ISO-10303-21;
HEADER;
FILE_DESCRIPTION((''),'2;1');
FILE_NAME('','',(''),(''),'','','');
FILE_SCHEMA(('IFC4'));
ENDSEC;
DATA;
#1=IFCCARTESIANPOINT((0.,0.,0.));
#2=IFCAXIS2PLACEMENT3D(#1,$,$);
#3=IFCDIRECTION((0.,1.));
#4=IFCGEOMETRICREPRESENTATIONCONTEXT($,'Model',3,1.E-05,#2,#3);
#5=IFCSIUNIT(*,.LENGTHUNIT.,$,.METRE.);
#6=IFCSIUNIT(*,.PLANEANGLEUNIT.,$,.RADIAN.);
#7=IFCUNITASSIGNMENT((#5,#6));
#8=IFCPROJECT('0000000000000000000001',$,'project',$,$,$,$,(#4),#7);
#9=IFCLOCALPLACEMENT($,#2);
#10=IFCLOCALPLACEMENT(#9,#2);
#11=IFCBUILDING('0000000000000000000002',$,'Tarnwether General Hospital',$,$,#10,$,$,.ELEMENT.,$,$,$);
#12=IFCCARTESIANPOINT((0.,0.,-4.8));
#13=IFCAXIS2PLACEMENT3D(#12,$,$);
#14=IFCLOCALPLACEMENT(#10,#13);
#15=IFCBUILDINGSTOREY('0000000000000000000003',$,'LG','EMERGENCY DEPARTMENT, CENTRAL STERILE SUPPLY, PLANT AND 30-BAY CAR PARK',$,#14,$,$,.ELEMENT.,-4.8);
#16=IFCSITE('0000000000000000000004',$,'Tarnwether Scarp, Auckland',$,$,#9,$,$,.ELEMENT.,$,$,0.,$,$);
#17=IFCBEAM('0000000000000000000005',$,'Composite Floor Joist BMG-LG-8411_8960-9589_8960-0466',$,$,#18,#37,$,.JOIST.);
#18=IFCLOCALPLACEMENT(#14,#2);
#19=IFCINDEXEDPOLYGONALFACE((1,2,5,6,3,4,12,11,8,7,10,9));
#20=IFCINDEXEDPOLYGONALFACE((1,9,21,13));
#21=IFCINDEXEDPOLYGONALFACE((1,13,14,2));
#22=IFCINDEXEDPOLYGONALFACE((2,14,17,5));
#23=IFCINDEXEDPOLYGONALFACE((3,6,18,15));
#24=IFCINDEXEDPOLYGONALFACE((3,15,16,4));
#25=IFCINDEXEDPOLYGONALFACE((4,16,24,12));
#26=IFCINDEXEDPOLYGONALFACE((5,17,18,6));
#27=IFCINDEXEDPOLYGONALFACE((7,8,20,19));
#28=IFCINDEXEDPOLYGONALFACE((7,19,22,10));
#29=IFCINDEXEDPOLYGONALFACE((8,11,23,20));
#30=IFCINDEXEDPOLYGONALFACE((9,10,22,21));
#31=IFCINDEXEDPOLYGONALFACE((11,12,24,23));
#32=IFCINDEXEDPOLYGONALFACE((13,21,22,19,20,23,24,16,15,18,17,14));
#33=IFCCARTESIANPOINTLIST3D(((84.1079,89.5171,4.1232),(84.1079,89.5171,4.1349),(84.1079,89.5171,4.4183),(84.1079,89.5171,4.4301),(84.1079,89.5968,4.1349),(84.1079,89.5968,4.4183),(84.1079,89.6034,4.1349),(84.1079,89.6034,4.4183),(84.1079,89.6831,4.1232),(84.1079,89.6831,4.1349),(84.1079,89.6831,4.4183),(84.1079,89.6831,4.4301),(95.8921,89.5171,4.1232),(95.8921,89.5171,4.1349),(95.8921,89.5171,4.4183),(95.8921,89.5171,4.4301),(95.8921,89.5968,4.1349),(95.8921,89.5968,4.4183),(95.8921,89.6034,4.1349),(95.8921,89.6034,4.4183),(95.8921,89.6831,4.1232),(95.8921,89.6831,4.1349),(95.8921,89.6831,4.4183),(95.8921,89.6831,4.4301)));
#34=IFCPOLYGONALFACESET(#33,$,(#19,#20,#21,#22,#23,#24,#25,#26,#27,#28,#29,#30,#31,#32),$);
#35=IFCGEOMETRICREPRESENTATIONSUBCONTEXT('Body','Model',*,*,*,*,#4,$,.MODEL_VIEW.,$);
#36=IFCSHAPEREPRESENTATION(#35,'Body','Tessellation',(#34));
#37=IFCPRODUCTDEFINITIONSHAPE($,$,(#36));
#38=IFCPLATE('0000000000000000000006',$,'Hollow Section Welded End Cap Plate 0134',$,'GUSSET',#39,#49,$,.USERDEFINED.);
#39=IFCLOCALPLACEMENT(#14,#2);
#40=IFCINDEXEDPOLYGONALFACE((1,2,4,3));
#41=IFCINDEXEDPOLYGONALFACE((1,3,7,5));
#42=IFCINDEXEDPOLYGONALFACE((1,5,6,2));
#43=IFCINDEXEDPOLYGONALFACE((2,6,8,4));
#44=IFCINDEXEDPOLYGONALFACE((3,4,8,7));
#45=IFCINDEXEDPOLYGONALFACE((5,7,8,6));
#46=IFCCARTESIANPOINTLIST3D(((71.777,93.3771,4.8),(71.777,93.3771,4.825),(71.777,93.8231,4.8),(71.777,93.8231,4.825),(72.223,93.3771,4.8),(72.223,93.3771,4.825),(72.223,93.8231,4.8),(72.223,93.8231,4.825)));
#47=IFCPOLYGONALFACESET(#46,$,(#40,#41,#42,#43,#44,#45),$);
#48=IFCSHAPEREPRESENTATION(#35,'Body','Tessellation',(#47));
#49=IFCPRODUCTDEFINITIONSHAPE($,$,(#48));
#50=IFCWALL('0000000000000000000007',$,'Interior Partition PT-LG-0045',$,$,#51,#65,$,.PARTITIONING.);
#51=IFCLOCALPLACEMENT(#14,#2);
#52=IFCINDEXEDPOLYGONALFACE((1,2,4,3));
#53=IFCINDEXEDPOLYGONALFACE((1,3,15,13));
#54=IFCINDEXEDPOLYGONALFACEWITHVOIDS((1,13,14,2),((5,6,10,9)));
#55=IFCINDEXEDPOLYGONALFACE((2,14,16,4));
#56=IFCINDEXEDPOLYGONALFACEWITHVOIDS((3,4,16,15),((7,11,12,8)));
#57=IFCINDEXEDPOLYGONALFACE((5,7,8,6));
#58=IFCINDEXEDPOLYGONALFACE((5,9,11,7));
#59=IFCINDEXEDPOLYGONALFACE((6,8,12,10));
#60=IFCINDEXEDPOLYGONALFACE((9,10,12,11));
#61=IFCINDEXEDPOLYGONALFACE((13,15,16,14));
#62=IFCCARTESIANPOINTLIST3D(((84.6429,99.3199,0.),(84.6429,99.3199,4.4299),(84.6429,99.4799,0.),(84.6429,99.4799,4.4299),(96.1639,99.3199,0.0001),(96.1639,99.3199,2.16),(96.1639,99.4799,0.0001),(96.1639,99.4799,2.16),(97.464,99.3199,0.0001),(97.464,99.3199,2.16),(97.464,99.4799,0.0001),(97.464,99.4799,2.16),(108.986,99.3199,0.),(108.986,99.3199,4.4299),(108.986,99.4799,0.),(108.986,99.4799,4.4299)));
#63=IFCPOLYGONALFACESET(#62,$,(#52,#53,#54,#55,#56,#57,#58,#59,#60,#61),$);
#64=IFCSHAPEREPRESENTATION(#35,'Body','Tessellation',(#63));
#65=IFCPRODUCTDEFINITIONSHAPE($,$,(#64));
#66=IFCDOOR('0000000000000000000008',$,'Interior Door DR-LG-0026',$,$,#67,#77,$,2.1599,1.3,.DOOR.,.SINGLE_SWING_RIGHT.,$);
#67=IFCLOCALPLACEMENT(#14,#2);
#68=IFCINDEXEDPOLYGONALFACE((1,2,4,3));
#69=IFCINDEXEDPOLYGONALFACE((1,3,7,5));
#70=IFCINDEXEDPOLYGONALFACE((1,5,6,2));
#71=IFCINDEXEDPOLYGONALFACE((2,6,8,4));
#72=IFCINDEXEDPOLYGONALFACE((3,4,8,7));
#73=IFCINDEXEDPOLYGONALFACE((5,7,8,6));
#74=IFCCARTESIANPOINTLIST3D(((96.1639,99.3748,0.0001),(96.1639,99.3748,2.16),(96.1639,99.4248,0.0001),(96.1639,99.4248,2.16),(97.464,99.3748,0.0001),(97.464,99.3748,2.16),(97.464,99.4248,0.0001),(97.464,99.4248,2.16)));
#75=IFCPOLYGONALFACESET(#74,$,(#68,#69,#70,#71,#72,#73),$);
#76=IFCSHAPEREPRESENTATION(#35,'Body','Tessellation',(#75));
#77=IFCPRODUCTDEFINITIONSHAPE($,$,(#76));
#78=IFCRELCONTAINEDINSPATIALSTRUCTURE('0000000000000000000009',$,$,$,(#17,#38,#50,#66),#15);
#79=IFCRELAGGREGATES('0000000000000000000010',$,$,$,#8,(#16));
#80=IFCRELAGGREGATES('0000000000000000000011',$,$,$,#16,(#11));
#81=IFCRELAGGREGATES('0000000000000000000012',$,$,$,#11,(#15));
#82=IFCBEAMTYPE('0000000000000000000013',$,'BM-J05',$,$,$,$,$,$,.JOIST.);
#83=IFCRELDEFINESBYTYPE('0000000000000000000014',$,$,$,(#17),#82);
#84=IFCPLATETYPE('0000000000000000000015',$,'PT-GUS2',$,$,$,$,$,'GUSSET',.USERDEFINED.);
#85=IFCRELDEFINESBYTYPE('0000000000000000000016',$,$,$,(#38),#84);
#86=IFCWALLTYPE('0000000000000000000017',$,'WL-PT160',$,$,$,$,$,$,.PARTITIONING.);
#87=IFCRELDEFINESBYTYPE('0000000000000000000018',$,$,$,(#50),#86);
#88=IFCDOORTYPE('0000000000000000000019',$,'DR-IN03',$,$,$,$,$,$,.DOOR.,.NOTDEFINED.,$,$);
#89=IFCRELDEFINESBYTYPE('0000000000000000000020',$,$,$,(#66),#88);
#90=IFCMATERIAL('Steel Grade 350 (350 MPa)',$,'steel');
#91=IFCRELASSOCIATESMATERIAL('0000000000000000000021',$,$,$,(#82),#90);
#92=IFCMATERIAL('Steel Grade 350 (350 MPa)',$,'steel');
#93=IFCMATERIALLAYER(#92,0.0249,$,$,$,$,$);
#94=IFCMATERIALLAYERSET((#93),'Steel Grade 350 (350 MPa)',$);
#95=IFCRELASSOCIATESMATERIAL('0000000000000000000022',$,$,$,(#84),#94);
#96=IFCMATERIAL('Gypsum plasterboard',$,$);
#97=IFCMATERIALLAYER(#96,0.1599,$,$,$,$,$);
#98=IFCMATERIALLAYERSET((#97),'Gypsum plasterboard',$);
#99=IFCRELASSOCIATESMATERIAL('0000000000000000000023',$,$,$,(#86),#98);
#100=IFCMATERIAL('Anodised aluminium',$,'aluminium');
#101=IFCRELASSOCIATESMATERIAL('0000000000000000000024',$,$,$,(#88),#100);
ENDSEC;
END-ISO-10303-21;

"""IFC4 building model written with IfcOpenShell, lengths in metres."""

from ifc_helpers import new_model, si_unit, direction, frame, frame_2d, origin, origin_2d, place, context, subcontext, project, spatial, rectangle, i_section, extrude, material, layer, layer_set, material_profile, profile_set, type_object, element, fill, save


model = new_model("IFC4")

# Units and contexts
model_context = context("Model", 3, precision=1e-05, world=origin(), true_north=direction((0.0, 1.0)))
body_context = subcontext(model_context, "Body", "Model", "MODEL_VIEW")
ifc_project = project(units=[si_unit("LENGTHUNIT", "METRE"), si_unit("PLANEANGLEUNIT", "RADIAN")], contexts=[model_context])

# Site, building, storey
site_placement = place(None, origin())
site = spatial("IfcSite", under=ifc_project, at=site_placement, Name="Tarnwether Scarp, Auckland", CompositionType="ELEMENT", RefElevation=0.0)
building_placement = place(site_placement, origin())
building = spatial("IfcBuilding", under=site, at=building_placement, Name="Tarnwether General Hospital", CompositionType="ELEMENT")
storey_placement = place(building_placement, frame((0.0, 0.0, -4.8)))
storey = spatial("IfcBuildingStorey", under=building, at=storey_placement, Name="LG", Description="EMERGENCY DEPARTMENT, CENTRAL STERILE SUPPLY, PLANT AND 30-BAY CAR PARK", CompositionType="ELEMENT", Elevation=-4.8)

# Beam
ifc_material_1 = material(Name="Steel Grade 350 (350 MPa)", Category="steel")
ifc_material_profile_1 = material_profile(ifc_material_1, i_section(OverallWidth=0.166, OverallDepth=0.3069, WebThickness=0.0066, FlangeThickness=0.0117, at=origin_2d()), Name="310UB46.2")
ifc_profile_set_1 = profile_set([ifc_material_profile_1], Name="Steel Grade 350 (350 MPa)")
beam_type_1 = type_object("IfcBeamType", Name="BM-J05", PredefinedType="JOIST", material=ifc_profile_set_1)
beam_1_placement = place(storey_placement, frame((84.1079, 89.6001, 4.2766), z_axis=(1.0, 0.0, 0.0), x_axis=(0.0, 1.0, 0.0)))
element("IfcBeam", 1, at=beam_1_placement, inside=storey, type_object=beam_type_1, Name="Composite Floor Joist BMG-LG-8411_8960-9589_8960-0466", PredefinedType="JOIST", context=body_context, shape_type="SweptSolid", body=[
    extrude(i_section(OverallWidth=0.166, OverallDepth=0.3069, WebThickness=0.0066, FlangeThickness=0.0117, at=origin_2d()), origin(), (0.0, 0.0, 1.0), 11.7842),
])

# Plate
ifc_material_2 = material(Name="Steel Grade 350 (350 MPa)", Category="steel")
ifc_layer_1 = layer(ifc_material_2, 0.0249)
ifc_layer_set_1 = layer_set([ifc_layer_1], Name="Steel Grade 350 (350 MPa)")
plate_type = type_object("IfcPlateType", Name="PT-GUS2", ElementType="GUSSET", PredefinedType="USERDEFINED", material=ifc_layer_set_1)
plate_placement = place(storey_placement, frame((72.0, 93.6001, 4.8), z_axis=(0.0, 0.0, 1.0), x_axis=(1.0, 0.0, 0.0)))
element("IfcPlate", 2, at=plate_placement, inside=storey, type_object=plate_type, Name="Hollow Section Welded End Cap Plate 0134", ObjectType="GUSSET", PredefinedType="USERDEFINED", context=body_context, shape_type="SweptSolid", body=[
    extrude(rectangle(XDim=0.446, YDim=0.446, at=origin_2d()), origin(), (0.0, 0.0, 1.0), 0.0249),
])

# Wall, opening, door
ifc_material_3 = material(Name="Gypsum plasterboard")
ifc_layer_2 = layer(ifc_material_3, 0.1599)
ifc_layer_set_2 = layer_set([ifc_layer_2], Name="Gypsum plasterboard")
wall_type = type_object("IfcWallType", Name="WL-PT160", PredefinedType="PARTITIONING", material=ifc_layer_set_2)
wall_placement = place(storey_placement, frame((84.6431, 99.3999, 0.0), z_axis=(0.0, 0.0, 1.0), x_axis=(1.0, 0.0, 0.0)))
wall = element("IfcWall", 3, at=wall_placement, inside=storey, type_object=wall_type, Name="Interior Partition PT-LG-0045", PredefinedType="PARTITIONING", context=body_context, shape_type="SweptSolid", body=[
    extrude(rectangle(XDim=24.343, YDim=0.1599, at=frame_2d((12.1714, 0.0))), origin(), (0.0, 0.0, 1.0), 4.4299),
])
opening_placement = place(wall_placement, frame((11.521, 0.0, 0.0)))
opening = element("IfcOpeningElement", 4, at=opening_placement, cuts=wall, PredefinedType="OPENING", context=body_context, shape_type="SweptSolid", body=[
    extrude(rectangle(XDim=1.3, YDim=2.1599, at=frame_2d((0.6499, 1.0801))), frame((0.0, 0.0898, 0.0), z_axis=(0.0, -1.0, 0.0), x_axis=(1.0, 0.0, 0.0)), (0.0, 0.0, 1.0), 0.1799),
])
ifc_material_4 = material(Name="Anodised aluminium", Category="aluminium")
door_type = type_object("IfcDoorType", Name="DR-IN03", OperationType="NOTDEFINED", PredefinedType="DOOR", material=ifc_material_4)
door_placement = place(opening_placement, origin())
door = element("IfcDoor", 5, at=door_placement, inside=storey, type_object=door_type, Name="Interior Door DR-LG-0026", OperationType="SINGLE_SWING_RIGHT", OverallHeight=2.1599, OverallWidth=1.3, PredefinedType="DOOR", context=body_context, shape_type="SweptSolid", body=[
    extrude(rectangle(XDim=1.3, YDim=2.1599, at=frame_2d((0.6499, 1.0801))), frame((0.0, 0.0249, 0.0), z_axis=(0.0, -1.0, 0.0), x_axis=(1.0, 0.0, 0.0)), (0.0, 0.0, 1.0), 0.05),
])
fill(opening, door)

save(model, "model.ifc")
